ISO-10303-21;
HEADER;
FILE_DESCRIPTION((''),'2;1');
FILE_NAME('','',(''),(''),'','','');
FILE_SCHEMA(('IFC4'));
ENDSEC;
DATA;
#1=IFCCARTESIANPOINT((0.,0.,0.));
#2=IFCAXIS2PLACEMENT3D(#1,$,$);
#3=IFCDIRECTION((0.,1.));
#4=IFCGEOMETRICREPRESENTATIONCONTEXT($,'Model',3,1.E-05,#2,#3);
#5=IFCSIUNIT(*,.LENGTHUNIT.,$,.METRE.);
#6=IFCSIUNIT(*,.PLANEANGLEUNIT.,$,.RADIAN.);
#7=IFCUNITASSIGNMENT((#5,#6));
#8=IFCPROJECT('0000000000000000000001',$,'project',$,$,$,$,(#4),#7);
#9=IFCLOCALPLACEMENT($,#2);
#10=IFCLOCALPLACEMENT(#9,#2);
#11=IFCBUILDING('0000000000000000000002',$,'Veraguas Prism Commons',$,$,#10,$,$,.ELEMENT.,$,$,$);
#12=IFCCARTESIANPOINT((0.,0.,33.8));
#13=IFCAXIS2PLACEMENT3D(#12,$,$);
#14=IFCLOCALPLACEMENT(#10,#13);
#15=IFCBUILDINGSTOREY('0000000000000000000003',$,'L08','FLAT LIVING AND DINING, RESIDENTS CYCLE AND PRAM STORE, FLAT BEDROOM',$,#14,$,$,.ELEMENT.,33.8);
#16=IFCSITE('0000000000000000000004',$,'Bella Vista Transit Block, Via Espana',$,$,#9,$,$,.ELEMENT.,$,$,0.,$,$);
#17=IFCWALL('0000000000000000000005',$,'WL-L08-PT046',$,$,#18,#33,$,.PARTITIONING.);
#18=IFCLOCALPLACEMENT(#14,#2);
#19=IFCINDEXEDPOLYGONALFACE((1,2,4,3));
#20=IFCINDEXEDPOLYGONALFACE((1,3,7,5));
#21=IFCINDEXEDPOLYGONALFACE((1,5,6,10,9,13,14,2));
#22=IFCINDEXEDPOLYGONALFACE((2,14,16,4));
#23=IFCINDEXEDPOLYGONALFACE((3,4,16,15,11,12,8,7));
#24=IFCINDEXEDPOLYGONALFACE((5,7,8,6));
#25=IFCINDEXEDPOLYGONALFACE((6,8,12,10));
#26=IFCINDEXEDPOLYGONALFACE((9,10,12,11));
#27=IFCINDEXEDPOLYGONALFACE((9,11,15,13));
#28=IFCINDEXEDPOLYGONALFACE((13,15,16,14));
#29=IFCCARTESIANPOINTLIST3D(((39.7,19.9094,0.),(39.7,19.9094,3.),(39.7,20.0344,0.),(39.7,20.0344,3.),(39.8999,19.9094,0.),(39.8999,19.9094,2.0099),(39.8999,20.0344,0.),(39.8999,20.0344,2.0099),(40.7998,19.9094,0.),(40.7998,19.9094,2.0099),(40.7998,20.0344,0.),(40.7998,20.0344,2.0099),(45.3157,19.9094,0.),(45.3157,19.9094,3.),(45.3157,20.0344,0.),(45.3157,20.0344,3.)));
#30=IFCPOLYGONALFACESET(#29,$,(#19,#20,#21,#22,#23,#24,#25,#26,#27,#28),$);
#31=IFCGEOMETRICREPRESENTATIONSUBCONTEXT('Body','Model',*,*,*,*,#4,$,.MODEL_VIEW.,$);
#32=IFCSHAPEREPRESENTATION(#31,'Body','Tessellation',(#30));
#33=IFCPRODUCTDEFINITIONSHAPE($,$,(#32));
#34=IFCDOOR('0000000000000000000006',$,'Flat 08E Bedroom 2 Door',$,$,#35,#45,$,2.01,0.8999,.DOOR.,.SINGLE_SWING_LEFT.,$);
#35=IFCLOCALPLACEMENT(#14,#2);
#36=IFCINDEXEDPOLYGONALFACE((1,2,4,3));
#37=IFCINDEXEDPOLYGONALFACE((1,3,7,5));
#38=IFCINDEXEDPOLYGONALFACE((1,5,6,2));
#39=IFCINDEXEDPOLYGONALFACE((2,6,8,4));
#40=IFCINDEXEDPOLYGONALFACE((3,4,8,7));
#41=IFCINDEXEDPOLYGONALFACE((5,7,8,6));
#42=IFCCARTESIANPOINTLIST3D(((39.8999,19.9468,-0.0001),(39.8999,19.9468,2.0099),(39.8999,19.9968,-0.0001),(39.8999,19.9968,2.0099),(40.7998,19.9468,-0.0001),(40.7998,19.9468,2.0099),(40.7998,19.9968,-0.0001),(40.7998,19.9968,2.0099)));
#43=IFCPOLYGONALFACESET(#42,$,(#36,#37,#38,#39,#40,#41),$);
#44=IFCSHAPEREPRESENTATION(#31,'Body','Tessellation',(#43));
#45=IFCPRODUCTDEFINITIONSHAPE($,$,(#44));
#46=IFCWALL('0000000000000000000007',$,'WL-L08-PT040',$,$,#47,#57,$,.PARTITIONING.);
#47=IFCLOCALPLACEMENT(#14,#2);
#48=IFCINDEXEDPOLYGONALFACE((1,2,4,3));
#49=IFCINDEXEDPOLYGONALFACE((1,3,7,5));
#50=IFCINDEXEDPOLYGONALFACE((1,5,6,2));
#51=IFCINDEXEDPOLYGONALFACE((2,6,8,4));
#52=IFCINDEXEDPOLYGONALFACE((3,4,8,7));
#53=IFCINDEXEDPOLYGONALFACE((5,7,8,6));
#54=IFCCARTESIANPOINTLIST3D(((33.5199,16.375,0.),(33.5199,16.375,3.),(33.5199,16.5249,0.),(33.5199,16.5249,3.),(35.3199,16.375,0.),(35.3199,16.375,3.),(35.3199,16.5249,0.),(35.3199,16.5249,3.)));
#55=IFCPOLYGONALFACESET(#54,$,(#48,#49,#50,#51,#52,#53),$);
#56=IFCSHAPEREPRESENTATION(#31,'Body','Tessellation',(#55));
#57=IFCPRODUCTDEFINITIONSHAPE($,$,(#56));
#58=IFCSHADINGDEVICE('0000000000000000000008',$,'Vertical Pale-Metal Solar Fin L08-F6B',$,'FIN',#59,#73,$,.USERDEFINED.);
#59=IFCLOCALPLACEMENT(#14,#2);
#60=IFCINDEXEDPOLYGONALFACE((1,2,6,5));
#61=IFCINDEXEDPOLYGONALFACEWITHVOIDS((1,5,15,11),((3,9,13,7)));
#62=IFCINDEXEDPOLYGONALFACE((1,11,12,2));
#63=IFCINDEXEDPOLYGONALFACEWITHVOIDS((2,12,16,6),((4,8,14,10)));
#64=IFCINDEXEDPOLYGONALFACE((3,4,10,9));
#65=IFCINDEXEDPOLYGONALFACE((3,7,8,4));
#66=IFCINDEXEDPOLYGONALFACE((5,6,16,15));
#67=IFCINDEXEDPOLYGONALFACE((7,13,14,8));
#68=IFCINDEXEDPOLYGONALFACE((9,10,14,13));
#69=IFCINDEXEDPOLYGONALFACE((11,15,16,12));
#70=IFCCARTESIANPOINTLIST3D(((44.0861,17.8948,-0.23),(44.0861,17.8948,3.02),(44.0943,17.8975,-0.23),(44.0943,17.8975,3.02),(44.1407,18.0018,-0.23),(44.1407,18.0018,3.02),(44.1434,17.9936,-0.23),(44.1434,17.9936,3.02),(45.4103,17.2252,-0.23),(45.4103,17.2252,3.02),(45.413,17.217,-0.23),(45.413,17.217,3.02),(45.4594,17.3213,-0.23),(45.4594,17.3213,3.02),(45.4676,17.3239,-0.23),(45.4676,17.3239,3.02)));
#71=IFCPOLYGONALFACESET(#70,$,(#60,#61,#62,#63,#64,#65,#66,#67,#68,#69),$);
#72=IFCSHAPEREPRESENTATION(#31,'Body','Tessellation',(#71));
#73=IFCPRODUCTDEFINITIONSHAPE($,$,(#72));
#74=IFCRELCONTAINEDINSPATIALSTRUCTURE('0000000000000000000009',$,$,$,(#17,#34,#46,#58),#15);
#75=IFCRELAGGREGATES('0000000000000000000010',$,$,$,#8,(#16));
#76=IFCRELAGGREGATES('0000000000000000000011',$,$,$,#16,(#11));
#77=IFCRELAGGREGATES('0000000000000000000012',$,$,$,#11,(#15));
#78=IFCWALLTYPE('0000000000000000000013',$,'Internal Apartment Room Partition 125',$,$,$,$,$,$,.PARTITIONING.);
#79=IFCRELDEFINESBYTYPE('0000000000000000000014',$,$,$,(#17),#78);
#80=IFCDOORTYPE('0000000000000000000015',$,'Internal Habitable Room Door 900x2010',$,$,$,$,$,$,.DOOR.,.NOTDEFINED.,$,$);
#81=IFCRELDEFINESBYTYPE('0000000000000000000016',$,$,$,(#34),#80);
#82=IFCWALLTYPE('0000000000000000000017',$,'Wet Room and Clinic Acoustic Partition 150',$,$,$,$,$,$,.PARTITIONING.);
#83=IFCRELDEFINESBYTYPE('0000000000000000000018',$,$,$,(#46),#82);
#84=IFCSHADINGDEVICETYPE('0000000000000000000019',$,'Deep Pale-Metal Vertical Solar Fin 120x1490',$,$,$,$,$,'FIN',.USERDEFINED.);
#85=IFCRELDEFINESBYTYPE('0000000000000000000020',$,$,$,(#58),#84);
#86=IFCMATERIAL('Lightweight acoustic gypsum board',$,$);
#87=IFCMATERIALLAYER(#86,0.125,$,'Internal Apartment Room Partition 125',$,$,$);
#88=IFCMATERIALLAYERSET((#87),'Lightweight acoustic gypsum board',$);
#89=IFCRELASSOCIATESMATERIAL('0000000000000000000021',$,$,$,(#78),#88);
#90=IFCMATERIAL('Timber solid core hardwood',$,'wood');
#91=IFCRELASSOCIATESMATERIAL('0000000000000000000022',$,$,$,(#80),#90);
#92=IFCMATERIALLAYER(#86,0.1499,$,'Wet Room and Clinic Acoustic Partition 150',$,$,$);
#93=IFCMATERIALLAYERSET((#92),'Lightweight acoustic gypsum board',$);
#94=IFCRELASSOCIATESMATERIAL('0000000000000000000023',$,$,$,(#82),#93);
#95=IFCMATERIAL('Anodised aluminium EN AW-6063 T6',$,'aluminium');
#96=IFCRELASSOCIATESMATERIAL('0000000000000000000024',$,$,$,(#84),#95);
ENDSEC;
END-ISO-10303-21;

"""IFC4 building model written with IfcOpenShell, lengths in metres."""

from ifc_helpers import new_model, si_unit, direction, frame, frame_2d, origin, origin_2d, place, context, subcontext, project, spatial, rectangle, hollow_rectangle, extrude, source, transform, mapped, material, layer, layer_set, material_profile, profile_set, type_object, element, fill, save


model = new_model("IFC4")

# Units and contexts
model_context = context("Model", 3, precision=1e-05, world=origin(), true_north=direction((0.0, 1.0)))
body_context = subcontext(model_context, "Body", "Model", "MODEL_VIEW")
ifc_project = project(units=[si_unit("LENGTHUNIT", "METRE"), si_unit("PLANEANGLEUNIT", "RADIAN")], contexts=[model_context])

# Site, building, storey
site_placement = place(None, origin())
site = spatial("IfcSite", under=ifc_project, at=site_placement, Name="Bella Vista Transit Block, Via Espana", CompositionType="ELEMENT", RefElevation=0.0)
building_placement = place(site_placement, origin())
building = spatial("IfcBuilding", under=site, at=building_placement, Name="Veraguas Prism Commons", CompositionType="ELEMENT")
storey_placement = place(building_placement, frame((0.0, 0.0, 33.8)))
storey = spatial("IfcBuildingStorey", under=building, at=storey_placement, Name="L08", Description="FLAT LIVING AND DINING, RESIDENTS CYCLE AND PRAM STORE, FLAT BEDROOM", CompositionType="ELEMENT", Elevation=33.8)

# Shared definitions
ifc_material_1 = material(Name="Anodised aluminium EN AW-6063 T6", Category="aluminium")

# Shared definitions
ifc_material_2 = material(Name="Lightweight acoustic gypsum board")
ifc_layer_1 = layer(ifc_material_2, 0.125, Name="Internal Apartment Room Partition 125")
ifc_layer_set_1 = layer_set([ifc_layer_1], Name="Lightweight acoustic gypsum board")
wall_type_1 = type_object("IfcWallType", Name="Internal Apartment Room Partition 125", PredefinedType="PARTITIONING", material=ifc_layer_set_1)
ifc_material_3 = material(Name="Timber solid core hardwood", Category="wood")
door_type_1 = type_object("IfcDoorType", Name="Internal Habitable Room Door 900x2010", OperationType="NOTDEFINED", PredefinedType="DOOR", material=ifc_material_3)
shared_shape_1 = source(origin(), body_context, "Body", "SweptSolid", [
    extrude(rectangle(XDim=0.8999, YDim=2.01, at=frame_2d((0.45, 1.0049))), frame((0.0, 0.0249, 0.0), z_axis=(0.0, -1.0, 0.0), x_axis=(1.0, 0.0, 0.0)), (0.0, 0.0, 1.0), 0.05),
])

# Wall, opening, door
wall_1_placement = place(storey_placement, frame((39.7, 19.9719, 0.0), z_axis=(0.0, 0.0, 1.0), x_axis=(1.0, 0.0, 0.0)))
wall_1 = element("IfcWall", 1, at=wall_1_placement, inside=storey, type_object=wall_type_1, Name="WL-L08-PT046", PredefinedType="PARTITIONING", context=body_context, shape_type="SweptSolid", body=[
    extrude(rectangle(XDim=5.6157, YDim=0.125, at=frame_2d((2.8079, 0.0))), origin(), (0.0, 0.0, 1.0), 3.0),
])
opening_1_placement = place(wall_1_placement, frame((0.2, 0.0, 0.0)))
opening_1 = element("IfcOpeningElement", 2, at=opening_1_placement, cuts=wall_1, PredefinedType="OPENING", context=body_context, shape_type="SweptSolid", body=[
    extrude(rectangle(XDim=0.8999, YDim=2.01, at=frame_2d((0.45, 1.0049))), frame((0.0, 0.0725, 0.0), z_axis=(0.0, -1.0, 0.0), x_axis=(1.0, 0.0, 0.0)), (0.0, 0.0, 1.0), 0.145),
])
door_1_placement = place(opening_1_placement, origin())
door_1 = element("IfcDoor", 3, at=door_1_placement, inside=storey, type_object=door_type_1, Name="Flat 08E Bedroom 2 Door", OperationType="SINGLE_SWING_LEFT", OverallHeight=2.01, OverallWidth=0.8999, PredefinedType="DOOR", context=body_context, shape_type="MappedRepresentation", body=[
    mapped(shared_shape_1, transform((0.0, 0.0, 0.0), scale=1.0)),
])
fill(opening_1, door_1)

# Wall
ifc_layer_2 = layer(ifc_material_2, 0.1499, Name="Wet Room and Clinic Acoustic Partition 150")
ifc_layer_set_2 = layer_set([ifc_layer_2], Name="Lightweight acoustic gypsum board")
wall_type_2 = type_object("IfcWallType", Name="Wet Room and Clinic Acoustic Partition 150", PredefinedType="PARTITIONING", material=ifc_layer_set_2)
wall_2_placement = place(storey_placement, frame((33.52, 16.45, 0.0), z_axis=(0.0, 0.0, 1.0), x_axis=(1.0, 0.0, 0.0)))
element("IfcWall", 4, at=wall_2_placement, inside=storey, type_object=wall_type_2, Name="WL-L08-PT040", PredefinedType="PARTITIONING", context=body_context, shape_type="SweptSolid", body=[
    extrude(rectangle(XDim=1.8, YDim=0.1499, at=frame_2d((0.8999, 0.0))), origin(), (0.0, 0.0, 1.0), 3.0),
])

# Shading device
ifc_material_profile_1 = material_profile(ifc_material_1, hollow_rectangle(XDim=0.1201, YDim=1.49, WallThickness=0.0061, at=origin_2d()), Name="FIN120X1490X6")
ifc_profile_set_1 = profile_set([ifc_material_profile_1], Name="Anodised aluminium EN AW-6063 T6")
shading_device_type = type_object("IfcShadingDeviceType", Name="Deep Pale-Metal Vertical Solar Fin 120x1490", ElementType="FIN", PredefinedType="USERDEFINED", material=ifc_profile_set_1)
shading_device_placement = place(storey_placement, frame((44.7769, 17.6094, -0.23), z_axis=(0.0, 0.0, 1.0), x_axis=(0.454923, 0.890531, 0.0)))
element("IfcShadingDevice", 5, at=shading_device_placement, inside=storey, type_object=shading_device_type, Name="Vertical Pale-Metal Solar Fin L08-F6B", ObjectType="FIN", PredefinedType="USERDEFINED", context=body_context, shape_type="SweptSolid", body=[
    extrude(hollow_rectangle(XDim=0.1201, YDim=1.49, WallThickness=0.0061, at=origin_2d()), origin(), (0.0, 0.0, 1.0), 3.25),
])

save(model, "model.ifc")
